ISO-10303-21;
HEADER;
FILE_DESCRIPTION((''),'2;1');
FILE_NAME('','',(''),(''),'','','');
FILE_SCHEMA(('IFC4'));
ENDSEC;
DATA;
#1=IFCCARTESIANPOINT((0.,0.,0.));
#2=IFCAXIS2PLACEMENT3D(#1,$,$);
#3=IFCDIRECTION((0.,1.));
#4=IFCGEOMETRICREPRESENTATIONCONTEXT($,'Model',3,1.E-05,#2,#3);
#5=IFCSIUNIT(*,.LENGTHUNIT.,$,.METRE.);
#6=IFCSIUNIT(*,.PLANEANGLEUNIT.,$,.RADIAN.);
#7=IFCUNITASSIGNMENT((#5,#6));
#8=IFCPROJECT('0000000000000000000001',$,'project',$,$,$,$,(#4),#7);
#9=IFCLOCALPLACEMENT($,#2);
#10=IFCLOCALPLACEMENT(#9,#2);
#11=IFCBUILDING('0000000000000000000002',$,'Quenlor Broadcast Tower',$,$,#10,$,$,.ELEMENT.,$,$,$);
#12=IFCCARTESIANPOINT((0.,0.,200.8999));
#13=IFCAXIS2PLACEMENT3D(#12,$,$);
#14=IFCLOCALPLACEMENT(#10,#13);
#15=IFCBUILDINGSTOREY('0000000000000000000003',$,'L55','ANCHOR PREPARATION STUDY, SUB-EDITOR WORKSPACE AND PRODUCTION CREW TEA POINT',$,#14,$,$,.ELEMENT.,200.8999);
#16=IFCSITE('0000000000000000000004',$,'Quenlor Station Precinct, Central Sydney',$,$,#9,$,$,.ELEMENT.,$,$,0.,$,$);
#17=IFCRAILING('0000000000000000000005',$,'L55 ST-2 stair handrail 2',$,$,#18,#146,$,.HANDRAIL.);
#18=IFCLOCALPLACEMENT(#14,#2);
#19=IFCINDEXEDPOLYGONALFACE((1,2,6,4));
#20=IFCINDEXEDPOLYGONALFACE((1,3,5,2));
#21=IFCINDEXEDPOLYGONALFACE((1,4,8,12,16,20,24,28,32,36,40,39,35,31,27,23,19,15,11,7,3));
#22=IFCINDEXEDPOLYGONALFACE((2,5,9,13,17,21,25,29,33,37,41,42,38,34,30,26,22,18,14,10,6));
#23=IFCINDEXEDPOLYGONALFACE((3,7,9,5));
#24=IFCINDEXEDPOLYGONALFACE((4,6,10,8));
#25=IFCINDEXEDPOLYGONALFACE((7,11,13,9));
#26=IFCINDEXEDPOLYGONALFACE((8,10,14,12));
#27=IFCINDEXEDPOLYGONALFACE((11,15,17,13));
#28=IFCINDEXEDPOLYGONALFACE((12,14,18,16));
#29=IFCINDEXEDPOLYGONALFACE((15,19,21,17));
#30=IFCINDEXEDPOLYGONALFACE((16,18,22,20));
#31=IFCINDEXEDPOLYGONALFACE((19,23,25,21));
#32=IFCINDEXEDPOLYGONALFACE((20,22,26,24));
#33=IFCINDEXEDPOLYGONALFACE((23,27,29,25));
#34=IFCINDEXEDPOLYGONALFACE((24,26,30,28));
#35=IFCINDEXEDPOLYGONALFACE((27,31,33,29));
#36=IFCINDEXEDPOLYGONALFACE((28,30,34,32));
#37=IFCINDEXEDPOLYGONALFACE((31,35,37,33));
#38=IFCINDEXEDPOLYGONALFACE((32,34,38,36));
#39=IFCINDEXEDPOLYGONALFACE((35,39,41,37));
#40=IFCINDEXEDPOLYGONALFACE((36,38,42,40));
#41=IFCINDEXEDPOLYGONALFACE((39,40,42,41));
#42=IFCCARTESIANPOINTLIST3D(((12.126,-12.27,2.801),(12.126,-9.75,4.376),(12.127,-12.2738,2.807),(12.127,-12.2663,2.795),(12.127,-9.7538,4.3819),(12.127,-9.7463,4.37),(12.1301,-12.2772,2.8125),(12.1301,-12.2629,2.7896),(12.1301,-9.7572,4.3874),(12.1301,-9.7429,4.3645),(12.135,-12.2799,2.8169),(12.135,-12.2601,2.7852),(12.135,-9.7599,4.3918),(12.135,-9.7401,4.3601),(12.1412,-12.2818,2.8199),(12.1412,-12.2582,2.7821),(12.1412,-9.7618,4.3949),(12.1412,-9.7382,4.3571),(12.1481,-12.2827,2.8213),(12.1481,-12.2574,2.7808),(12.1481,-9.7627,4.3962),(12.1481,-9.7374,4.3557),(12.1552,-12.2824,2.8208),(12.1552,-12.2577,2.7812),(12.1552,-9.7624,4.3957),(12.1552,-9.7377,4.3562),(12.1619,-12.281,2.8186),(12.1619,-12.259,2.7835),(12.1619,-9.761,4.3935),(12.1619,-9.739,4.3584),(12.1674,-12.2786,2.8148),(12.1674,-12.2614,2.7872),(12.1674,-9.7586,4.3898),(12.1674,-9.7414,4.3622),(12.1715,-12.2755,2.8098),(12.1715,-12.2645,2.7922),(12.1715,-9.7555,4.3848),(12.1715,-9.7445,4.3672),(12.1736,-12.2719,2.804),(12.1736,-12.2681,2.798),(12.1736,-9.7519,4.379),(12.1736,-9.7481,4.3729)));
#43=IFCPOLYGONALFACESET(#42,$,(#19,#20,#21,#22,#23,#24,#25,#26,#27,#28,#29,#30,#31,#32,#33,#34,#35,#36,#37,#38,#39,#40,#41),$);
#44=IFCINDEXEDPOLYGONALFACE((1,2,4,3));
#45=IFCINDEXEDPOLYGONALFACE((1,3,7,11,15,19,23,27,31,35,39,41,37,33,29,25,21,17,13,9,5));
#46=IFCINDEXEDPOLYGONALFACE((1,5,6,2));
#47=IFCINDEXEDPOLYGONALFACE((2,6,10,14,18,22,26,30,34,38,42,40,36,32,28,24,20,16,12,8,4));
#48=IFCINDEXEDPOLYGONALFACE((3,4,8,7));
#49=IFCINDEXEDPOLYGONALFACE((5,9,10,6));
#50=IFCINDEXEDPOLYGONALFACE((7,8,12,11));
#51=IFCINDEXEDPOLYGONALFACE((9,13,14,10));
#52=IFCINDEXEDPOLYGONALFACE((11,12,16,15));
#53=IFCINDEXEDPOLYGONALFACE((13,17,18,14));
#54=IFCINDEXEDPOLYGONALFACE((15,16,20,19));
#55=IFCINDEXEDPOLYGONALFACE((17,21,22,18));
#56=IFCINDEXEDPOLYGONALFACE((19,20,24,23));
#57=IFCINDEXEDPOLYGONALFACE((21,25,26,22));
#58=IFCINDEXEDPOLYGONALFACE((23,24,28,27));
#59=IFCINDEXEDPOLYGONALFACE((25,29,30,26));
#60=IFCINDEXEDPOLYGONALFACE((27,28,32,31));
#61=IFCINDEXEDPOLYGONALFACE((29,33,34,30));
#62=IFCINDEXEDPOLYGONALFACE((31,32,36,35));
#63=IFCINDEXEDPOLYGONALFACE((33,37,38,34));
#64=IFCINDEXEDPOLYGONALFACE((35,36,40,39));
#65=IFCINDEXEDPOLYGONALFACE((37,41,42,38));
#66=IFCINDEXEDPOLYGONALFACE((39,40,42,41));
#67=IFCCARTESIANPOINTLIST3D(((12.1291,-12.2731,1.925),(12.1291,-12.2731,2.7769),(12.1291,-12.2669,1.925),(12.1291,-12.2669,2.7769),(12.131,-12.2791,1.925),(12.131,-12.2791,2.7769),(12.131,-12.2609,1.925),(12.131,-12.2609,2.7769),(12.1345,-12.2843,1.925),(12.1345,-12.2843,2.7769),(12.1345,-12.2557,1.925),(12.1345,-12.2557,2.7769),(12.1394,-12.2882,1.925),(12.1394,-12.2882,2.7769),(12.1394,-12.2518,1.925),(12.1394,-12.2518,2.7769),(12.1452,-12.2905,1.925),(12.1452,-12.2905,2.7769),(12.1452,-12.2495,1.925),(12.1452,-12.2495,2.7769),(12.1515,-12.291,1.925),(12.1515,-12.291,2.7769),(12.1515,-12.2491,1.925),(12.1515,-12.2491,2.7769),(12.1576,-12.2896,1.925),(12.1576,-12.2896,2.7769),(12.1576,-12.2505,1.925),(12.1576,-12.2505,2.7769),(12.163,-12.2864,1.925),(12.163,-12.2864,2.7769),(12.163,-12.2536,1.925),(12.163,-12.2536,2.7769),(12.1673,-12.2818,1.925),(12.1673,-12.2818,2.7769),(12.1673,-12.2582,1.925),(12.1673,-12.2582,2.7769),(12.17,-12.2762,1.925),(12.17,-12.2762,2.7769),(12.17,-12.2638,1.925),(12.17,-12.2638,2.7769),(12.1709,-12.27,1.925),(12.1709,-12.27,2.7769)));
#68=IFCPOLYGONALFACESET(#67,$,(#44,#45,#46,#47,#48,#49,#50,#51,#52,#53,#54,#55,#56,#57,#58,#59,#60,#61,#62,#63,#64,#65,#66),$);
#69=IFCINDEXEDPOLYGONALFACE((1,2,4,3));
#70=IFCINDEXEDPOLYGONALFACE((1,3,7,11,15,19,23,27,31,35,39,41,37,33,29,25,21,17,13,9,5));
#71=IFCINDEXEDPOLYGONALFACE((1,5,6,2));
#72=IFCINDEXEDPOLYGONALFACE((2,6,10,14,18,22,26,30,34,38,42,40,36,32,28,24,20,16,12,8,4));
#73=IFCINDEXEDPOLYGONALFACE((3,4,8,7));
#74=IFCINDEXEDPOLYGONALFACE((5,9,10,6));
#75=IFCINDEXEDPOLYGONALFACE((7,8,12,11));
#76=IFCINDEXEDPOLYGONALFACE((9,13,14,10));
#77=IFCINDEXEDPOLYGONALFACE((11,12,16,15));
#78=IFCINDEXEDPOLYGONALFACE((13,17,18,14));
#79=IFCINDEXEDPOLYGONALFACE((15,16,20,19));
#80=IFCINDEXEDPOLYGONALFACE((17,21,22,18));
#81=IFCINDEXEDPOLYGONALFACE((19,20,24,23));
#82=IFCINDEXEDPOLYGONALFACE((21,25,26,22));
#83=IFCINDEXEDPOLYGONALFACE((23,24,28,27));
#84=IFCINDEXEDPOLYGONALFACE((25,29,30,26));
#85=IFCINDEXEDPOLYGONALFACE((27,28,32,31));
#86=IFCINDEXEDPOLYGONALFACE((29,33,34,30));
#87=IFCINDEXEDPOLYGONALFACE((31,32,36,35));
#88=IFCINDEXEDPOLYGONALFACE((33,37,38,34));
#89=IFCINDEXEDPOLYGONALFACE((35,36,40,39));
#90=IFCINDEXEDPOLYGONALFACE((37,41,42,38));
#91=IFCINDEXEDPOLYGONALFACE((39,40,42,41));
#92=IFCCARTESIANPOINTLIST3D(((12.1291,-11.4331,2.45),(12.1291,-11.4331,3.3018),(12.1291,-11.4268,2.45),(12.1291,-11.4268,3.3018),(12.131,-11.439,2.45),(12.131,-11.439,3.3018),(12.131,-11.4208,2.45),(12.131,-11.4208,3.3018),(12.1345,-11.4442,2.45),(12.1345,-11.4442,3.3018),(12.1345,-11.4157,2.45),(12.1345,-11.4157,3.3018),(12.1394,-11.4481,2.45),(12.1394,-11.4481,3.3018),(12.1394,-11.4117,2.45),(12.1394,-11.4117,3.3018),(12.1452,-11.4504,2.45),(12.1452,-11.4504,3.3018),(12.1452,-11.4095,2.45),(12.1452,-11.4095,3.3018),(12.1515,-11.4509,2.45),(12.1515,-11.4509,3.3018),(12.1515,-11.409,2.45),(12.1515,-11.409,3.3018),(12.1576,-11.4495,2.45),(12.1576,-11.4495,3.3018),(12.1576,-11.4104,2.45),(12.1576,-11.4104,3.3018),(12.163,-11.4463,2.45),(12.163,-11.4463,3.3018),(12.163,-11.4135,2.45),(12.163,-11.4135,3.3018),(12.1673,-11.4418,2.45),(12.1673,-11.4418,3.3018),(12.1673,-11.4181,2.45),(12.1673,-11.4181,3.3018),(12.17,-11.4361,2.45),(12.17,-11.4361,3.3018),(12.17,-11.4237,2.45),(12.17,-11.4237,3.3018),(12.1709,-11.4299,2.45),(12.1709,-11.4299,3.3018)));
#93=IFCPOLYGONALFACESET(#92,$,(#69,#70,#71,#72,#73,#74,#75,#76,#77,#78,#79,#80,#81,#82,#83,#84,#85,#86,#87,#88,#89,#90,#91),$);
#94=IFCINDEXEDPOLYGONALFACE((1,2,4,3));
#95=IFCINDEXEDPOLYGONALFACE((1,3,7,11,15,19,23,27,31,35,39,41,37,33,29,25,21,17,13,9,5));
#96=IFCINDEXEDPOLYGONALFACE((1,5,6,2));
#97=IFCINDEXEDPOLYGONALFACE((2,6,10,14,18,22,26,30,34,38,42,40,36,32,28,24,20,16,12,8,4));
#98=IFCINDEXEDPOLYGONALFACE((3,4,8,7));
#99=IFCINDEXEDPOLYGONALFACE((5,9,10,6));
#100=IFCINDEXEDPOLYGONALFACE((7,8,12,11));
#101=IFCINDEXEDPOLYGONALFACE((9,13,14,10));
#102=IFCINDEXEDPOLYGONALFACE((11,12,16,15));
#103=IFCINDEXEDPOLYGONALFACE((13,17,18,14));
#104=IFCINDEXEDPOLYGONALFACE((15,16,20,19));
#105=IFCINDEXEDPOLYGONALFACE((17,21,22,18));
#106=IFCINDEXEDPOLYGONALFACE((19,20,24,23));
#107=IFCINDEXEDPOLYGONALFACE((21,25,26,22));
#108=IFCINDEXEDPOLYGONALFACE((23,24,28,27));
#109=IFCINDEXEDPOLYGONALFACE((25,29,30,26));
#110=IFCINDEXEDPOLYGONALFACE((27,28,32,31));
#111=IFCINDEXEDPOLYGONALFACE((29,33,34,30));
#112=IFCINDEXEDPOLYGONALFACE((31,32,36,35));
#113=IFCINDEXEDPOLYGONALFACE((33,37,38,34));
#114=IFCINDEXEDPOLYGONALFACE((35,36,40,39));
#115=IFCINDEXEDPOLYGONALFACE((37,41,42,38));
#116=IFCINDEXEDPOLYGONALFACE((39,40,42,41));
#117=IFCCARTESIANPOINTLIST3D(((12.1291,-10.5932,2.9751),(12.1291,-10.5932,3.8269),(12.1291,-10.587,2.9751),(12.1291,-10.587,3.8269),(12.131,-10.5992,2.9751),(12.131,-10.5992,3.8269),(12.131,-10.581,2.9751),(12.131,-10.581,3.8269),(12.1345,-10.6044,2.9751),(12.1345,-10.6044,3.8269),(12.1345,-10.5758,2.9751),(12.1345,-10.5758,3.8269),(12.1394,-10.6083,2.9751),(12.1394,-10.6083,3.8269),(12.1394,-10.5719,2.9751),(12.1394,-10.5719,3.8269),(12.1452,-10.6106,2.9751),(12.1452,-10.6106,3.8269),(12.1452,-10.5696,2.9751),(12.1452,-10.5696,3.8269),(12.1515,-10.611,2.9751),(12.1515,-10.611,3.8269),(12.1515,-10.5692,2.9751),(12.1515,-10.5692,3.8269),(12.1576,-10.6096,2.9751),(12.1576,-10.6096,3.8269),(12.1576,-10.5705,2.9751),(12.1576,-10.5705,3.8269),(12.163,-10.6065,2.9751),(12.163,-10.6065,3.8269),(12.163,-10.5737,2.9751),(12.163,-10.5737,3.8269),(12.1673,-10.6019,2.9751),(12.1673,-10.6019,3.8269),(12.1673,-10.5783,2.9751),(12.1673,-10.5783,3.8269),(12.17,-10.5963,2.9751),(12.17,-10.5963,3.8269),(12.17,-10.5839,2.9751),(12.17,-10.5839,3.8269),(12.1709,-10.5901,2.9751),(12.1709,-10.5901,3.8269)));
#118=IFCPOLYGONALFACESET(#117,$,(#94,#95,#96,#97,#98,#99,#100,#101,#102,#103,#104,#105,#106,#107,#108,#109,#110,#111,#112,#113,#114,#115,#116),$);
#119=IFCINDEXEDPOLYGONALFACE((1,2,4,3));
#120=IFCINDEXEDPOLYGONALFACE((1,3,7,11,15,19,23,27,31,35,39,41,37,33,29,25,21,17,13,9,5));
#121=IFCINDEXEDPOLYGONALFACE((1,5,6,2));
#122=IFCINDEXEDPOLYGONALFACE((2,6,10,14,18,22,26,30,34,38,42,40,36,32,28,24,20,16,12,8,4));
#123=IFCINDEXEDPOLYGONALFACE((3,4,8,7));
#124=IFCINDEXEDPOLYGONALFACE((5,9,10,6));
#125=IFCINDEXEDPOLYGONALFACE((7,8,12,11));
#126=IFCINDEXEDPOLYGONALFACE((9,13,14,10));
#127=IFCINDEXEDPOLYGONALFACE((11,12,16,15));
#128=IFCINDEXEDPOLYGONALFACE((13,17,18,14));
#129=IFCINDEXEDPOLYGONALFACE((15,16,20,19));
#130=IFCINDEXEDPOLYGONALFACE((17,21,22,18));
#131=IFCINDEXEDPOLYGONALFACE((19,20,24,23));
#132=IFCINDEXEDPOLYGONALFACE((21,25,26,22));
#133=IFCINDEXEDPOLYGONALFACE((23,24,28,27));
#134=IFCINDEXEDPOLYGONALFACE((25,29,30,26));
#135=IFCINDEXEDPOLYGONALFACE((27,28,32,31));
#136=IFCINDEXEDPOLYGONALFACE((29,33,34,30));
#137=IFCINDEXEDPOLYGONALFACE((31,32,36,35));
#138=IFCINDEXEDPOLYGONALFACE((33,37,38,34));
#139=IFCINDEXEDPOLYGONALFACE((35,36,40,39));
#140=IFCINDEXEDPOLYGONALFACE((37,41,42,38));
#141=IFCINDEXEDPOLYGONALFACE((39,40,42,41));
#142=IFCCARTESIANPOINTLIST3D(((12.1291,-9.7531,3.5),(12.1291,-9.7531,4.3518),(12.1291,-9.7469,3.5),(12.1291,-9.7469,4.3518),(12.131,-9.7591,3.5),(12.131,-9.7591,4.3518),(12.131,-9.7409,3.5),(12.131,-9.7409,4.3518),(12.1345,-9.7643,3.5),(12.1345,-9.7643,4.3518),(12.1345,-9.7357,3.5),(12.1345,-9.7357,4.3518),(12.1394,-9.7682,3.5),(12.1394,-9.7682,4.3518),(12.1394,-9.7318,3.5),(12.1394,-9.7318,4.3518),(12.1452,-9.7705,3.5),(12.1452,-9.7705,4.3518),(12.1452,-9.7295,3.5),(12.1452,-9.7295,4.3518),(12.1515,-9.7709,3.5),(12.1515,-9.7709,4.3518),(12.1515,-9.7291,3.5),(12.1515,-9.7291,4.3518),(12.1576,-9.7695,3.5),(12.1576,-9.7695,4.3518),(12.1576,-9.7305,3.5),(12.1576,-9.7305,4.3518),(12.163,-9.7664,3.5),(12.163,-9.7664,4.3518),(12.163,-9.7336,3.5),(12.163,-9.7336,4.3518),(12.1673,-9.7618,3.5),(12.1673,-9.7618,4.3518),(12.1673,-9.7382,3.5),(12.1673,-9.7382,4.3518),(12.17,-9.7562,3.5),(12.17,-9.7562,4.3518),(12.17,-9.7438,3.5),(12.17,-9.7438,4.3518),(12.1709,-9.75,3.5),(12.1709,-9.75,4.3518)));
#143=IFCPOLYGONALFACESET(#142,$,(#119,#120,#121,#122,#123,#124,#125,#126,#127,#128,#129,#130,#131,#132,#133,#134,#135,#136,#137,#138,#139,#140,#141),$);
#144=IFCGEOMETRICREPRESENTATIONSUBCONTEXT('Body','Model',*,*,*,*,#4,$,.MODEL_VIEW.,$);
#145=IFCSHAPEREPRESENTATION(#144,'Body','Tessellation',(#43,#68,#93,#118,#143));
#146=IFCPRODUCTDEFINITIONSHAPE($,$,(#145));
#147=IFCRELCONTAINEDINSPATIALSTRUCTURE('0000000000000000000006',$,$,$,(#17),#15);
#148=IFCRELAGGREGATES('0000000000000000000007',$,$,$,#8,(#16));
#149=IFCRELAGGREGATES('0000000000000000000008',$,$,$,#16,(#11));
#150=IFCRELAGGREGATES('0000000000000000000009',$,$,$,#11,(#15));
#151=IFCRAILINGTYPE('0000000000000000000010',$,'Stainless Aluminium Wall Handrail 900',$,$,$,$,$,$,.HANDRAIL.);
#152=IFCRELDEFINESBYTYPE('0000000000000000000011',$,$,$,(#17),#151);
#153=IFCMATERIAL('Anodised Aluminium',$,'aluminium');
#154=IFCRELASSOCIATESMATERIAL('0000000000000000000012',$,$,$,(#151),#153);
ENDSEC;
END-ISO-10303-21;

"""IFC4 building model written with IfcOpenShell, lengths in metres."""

from ifc_helpers import new_model, si_unit, direction, frame, origin, origin_2d, place, context, subcontext, project, spatial, circle, extrude, material, type_object, element, save


model = new_model("IFC4")

# Units and contexts
model_context = context("Model", 3, precision=1e-05, world=origin(), true_north=direction((0.0, 1.0)))
body_context = subcontext(model_context, "Body", "Model", "MODEL_VIEW")
ifc_project = project(units=[si_unit("LENGTHUNIT", "METRE"), si_unit("PLANEANGLEUNIT", "RADIAN")], contexts=[model_context])

# Site, building, storey
site_placement = place(None, origin())
site = spatial("IfcSite", under=ifc_project, at=site_placement, Name="Quenlor Station Precinct, Central Sydney", CompositionType="ELEMENT", RefElevation=0.0)
building_placement = place(site_placement, origin())
building = spatial("IfcBuilding", under=site, at=building_placement, Name="Quenlor Broadcast Tower", CompositionType="ELEMENT")
storey_placement = place(building_placement, frame((0.0, 0.0, 200.8999)))
storey = spatial("IfcBuildingStorey", under=building, at=storey_placement, Name="L55", Description="ANCHOR PREPARATION STUDY, SUB-EDITOR WORKSPACE AND PRODUCTION CREW TEA POINT", CompositionType="ELEMENT", Elevation=200.8999)

# Railing
ifc_material_1 = material(Name="Anodised Aluminium", Category="aluminium")
railing_type_1 = type_object("IfcRailingType", Name="Stainless Aluminium Wall Handrail 900", PredefinedType="HANDRAIL", material=ifc_material_1)
railing_1_placement = place(storey_placement, frame((12.1499, -12.27, 1.925)))
element("IfcRailing", 1, at=railing_1_placement, inside=storey, type_object=railing_type_1, Name="L55 ST-2 stair handrail 2", PredefinedType="HANDRAIL", context=body_context, shape_type="SweptSolid", body=[
    extrude(circle(Radius=0.0239, at=origin_2d()), frame((0.0, 0.0, 0.876), z_axis=(0.0, 0.848008, 0.529984), x_axis=(-1.0, 0.0, 0.0)), (0.0, 0.0, 1.0), 2.9717),
    extrude(circle(Radius=0.021, at=origin_2d()), origin(), (0.0, 0.0, 1.0), 0.8518),
    extrude(circle(Radius=0.021, at=origin_2d()), frame((0.0, 0.8401, 0.5249)), (0.0, 0.0, 1.0), 0.8518),
    extrude(circle(Radius=0.021, at=origin_2d()), frame((0.0, 1.6799, 1.05)), (0.0, 0.0, 1.0), 0.8518),
    extrude(circle(Radius=0.021, at=origin_2d()), frame((0.0, 2.52, 1.575)), (0.0, 0.0, 1.0), 0.8518),
])

save(model, "model.ifc")
